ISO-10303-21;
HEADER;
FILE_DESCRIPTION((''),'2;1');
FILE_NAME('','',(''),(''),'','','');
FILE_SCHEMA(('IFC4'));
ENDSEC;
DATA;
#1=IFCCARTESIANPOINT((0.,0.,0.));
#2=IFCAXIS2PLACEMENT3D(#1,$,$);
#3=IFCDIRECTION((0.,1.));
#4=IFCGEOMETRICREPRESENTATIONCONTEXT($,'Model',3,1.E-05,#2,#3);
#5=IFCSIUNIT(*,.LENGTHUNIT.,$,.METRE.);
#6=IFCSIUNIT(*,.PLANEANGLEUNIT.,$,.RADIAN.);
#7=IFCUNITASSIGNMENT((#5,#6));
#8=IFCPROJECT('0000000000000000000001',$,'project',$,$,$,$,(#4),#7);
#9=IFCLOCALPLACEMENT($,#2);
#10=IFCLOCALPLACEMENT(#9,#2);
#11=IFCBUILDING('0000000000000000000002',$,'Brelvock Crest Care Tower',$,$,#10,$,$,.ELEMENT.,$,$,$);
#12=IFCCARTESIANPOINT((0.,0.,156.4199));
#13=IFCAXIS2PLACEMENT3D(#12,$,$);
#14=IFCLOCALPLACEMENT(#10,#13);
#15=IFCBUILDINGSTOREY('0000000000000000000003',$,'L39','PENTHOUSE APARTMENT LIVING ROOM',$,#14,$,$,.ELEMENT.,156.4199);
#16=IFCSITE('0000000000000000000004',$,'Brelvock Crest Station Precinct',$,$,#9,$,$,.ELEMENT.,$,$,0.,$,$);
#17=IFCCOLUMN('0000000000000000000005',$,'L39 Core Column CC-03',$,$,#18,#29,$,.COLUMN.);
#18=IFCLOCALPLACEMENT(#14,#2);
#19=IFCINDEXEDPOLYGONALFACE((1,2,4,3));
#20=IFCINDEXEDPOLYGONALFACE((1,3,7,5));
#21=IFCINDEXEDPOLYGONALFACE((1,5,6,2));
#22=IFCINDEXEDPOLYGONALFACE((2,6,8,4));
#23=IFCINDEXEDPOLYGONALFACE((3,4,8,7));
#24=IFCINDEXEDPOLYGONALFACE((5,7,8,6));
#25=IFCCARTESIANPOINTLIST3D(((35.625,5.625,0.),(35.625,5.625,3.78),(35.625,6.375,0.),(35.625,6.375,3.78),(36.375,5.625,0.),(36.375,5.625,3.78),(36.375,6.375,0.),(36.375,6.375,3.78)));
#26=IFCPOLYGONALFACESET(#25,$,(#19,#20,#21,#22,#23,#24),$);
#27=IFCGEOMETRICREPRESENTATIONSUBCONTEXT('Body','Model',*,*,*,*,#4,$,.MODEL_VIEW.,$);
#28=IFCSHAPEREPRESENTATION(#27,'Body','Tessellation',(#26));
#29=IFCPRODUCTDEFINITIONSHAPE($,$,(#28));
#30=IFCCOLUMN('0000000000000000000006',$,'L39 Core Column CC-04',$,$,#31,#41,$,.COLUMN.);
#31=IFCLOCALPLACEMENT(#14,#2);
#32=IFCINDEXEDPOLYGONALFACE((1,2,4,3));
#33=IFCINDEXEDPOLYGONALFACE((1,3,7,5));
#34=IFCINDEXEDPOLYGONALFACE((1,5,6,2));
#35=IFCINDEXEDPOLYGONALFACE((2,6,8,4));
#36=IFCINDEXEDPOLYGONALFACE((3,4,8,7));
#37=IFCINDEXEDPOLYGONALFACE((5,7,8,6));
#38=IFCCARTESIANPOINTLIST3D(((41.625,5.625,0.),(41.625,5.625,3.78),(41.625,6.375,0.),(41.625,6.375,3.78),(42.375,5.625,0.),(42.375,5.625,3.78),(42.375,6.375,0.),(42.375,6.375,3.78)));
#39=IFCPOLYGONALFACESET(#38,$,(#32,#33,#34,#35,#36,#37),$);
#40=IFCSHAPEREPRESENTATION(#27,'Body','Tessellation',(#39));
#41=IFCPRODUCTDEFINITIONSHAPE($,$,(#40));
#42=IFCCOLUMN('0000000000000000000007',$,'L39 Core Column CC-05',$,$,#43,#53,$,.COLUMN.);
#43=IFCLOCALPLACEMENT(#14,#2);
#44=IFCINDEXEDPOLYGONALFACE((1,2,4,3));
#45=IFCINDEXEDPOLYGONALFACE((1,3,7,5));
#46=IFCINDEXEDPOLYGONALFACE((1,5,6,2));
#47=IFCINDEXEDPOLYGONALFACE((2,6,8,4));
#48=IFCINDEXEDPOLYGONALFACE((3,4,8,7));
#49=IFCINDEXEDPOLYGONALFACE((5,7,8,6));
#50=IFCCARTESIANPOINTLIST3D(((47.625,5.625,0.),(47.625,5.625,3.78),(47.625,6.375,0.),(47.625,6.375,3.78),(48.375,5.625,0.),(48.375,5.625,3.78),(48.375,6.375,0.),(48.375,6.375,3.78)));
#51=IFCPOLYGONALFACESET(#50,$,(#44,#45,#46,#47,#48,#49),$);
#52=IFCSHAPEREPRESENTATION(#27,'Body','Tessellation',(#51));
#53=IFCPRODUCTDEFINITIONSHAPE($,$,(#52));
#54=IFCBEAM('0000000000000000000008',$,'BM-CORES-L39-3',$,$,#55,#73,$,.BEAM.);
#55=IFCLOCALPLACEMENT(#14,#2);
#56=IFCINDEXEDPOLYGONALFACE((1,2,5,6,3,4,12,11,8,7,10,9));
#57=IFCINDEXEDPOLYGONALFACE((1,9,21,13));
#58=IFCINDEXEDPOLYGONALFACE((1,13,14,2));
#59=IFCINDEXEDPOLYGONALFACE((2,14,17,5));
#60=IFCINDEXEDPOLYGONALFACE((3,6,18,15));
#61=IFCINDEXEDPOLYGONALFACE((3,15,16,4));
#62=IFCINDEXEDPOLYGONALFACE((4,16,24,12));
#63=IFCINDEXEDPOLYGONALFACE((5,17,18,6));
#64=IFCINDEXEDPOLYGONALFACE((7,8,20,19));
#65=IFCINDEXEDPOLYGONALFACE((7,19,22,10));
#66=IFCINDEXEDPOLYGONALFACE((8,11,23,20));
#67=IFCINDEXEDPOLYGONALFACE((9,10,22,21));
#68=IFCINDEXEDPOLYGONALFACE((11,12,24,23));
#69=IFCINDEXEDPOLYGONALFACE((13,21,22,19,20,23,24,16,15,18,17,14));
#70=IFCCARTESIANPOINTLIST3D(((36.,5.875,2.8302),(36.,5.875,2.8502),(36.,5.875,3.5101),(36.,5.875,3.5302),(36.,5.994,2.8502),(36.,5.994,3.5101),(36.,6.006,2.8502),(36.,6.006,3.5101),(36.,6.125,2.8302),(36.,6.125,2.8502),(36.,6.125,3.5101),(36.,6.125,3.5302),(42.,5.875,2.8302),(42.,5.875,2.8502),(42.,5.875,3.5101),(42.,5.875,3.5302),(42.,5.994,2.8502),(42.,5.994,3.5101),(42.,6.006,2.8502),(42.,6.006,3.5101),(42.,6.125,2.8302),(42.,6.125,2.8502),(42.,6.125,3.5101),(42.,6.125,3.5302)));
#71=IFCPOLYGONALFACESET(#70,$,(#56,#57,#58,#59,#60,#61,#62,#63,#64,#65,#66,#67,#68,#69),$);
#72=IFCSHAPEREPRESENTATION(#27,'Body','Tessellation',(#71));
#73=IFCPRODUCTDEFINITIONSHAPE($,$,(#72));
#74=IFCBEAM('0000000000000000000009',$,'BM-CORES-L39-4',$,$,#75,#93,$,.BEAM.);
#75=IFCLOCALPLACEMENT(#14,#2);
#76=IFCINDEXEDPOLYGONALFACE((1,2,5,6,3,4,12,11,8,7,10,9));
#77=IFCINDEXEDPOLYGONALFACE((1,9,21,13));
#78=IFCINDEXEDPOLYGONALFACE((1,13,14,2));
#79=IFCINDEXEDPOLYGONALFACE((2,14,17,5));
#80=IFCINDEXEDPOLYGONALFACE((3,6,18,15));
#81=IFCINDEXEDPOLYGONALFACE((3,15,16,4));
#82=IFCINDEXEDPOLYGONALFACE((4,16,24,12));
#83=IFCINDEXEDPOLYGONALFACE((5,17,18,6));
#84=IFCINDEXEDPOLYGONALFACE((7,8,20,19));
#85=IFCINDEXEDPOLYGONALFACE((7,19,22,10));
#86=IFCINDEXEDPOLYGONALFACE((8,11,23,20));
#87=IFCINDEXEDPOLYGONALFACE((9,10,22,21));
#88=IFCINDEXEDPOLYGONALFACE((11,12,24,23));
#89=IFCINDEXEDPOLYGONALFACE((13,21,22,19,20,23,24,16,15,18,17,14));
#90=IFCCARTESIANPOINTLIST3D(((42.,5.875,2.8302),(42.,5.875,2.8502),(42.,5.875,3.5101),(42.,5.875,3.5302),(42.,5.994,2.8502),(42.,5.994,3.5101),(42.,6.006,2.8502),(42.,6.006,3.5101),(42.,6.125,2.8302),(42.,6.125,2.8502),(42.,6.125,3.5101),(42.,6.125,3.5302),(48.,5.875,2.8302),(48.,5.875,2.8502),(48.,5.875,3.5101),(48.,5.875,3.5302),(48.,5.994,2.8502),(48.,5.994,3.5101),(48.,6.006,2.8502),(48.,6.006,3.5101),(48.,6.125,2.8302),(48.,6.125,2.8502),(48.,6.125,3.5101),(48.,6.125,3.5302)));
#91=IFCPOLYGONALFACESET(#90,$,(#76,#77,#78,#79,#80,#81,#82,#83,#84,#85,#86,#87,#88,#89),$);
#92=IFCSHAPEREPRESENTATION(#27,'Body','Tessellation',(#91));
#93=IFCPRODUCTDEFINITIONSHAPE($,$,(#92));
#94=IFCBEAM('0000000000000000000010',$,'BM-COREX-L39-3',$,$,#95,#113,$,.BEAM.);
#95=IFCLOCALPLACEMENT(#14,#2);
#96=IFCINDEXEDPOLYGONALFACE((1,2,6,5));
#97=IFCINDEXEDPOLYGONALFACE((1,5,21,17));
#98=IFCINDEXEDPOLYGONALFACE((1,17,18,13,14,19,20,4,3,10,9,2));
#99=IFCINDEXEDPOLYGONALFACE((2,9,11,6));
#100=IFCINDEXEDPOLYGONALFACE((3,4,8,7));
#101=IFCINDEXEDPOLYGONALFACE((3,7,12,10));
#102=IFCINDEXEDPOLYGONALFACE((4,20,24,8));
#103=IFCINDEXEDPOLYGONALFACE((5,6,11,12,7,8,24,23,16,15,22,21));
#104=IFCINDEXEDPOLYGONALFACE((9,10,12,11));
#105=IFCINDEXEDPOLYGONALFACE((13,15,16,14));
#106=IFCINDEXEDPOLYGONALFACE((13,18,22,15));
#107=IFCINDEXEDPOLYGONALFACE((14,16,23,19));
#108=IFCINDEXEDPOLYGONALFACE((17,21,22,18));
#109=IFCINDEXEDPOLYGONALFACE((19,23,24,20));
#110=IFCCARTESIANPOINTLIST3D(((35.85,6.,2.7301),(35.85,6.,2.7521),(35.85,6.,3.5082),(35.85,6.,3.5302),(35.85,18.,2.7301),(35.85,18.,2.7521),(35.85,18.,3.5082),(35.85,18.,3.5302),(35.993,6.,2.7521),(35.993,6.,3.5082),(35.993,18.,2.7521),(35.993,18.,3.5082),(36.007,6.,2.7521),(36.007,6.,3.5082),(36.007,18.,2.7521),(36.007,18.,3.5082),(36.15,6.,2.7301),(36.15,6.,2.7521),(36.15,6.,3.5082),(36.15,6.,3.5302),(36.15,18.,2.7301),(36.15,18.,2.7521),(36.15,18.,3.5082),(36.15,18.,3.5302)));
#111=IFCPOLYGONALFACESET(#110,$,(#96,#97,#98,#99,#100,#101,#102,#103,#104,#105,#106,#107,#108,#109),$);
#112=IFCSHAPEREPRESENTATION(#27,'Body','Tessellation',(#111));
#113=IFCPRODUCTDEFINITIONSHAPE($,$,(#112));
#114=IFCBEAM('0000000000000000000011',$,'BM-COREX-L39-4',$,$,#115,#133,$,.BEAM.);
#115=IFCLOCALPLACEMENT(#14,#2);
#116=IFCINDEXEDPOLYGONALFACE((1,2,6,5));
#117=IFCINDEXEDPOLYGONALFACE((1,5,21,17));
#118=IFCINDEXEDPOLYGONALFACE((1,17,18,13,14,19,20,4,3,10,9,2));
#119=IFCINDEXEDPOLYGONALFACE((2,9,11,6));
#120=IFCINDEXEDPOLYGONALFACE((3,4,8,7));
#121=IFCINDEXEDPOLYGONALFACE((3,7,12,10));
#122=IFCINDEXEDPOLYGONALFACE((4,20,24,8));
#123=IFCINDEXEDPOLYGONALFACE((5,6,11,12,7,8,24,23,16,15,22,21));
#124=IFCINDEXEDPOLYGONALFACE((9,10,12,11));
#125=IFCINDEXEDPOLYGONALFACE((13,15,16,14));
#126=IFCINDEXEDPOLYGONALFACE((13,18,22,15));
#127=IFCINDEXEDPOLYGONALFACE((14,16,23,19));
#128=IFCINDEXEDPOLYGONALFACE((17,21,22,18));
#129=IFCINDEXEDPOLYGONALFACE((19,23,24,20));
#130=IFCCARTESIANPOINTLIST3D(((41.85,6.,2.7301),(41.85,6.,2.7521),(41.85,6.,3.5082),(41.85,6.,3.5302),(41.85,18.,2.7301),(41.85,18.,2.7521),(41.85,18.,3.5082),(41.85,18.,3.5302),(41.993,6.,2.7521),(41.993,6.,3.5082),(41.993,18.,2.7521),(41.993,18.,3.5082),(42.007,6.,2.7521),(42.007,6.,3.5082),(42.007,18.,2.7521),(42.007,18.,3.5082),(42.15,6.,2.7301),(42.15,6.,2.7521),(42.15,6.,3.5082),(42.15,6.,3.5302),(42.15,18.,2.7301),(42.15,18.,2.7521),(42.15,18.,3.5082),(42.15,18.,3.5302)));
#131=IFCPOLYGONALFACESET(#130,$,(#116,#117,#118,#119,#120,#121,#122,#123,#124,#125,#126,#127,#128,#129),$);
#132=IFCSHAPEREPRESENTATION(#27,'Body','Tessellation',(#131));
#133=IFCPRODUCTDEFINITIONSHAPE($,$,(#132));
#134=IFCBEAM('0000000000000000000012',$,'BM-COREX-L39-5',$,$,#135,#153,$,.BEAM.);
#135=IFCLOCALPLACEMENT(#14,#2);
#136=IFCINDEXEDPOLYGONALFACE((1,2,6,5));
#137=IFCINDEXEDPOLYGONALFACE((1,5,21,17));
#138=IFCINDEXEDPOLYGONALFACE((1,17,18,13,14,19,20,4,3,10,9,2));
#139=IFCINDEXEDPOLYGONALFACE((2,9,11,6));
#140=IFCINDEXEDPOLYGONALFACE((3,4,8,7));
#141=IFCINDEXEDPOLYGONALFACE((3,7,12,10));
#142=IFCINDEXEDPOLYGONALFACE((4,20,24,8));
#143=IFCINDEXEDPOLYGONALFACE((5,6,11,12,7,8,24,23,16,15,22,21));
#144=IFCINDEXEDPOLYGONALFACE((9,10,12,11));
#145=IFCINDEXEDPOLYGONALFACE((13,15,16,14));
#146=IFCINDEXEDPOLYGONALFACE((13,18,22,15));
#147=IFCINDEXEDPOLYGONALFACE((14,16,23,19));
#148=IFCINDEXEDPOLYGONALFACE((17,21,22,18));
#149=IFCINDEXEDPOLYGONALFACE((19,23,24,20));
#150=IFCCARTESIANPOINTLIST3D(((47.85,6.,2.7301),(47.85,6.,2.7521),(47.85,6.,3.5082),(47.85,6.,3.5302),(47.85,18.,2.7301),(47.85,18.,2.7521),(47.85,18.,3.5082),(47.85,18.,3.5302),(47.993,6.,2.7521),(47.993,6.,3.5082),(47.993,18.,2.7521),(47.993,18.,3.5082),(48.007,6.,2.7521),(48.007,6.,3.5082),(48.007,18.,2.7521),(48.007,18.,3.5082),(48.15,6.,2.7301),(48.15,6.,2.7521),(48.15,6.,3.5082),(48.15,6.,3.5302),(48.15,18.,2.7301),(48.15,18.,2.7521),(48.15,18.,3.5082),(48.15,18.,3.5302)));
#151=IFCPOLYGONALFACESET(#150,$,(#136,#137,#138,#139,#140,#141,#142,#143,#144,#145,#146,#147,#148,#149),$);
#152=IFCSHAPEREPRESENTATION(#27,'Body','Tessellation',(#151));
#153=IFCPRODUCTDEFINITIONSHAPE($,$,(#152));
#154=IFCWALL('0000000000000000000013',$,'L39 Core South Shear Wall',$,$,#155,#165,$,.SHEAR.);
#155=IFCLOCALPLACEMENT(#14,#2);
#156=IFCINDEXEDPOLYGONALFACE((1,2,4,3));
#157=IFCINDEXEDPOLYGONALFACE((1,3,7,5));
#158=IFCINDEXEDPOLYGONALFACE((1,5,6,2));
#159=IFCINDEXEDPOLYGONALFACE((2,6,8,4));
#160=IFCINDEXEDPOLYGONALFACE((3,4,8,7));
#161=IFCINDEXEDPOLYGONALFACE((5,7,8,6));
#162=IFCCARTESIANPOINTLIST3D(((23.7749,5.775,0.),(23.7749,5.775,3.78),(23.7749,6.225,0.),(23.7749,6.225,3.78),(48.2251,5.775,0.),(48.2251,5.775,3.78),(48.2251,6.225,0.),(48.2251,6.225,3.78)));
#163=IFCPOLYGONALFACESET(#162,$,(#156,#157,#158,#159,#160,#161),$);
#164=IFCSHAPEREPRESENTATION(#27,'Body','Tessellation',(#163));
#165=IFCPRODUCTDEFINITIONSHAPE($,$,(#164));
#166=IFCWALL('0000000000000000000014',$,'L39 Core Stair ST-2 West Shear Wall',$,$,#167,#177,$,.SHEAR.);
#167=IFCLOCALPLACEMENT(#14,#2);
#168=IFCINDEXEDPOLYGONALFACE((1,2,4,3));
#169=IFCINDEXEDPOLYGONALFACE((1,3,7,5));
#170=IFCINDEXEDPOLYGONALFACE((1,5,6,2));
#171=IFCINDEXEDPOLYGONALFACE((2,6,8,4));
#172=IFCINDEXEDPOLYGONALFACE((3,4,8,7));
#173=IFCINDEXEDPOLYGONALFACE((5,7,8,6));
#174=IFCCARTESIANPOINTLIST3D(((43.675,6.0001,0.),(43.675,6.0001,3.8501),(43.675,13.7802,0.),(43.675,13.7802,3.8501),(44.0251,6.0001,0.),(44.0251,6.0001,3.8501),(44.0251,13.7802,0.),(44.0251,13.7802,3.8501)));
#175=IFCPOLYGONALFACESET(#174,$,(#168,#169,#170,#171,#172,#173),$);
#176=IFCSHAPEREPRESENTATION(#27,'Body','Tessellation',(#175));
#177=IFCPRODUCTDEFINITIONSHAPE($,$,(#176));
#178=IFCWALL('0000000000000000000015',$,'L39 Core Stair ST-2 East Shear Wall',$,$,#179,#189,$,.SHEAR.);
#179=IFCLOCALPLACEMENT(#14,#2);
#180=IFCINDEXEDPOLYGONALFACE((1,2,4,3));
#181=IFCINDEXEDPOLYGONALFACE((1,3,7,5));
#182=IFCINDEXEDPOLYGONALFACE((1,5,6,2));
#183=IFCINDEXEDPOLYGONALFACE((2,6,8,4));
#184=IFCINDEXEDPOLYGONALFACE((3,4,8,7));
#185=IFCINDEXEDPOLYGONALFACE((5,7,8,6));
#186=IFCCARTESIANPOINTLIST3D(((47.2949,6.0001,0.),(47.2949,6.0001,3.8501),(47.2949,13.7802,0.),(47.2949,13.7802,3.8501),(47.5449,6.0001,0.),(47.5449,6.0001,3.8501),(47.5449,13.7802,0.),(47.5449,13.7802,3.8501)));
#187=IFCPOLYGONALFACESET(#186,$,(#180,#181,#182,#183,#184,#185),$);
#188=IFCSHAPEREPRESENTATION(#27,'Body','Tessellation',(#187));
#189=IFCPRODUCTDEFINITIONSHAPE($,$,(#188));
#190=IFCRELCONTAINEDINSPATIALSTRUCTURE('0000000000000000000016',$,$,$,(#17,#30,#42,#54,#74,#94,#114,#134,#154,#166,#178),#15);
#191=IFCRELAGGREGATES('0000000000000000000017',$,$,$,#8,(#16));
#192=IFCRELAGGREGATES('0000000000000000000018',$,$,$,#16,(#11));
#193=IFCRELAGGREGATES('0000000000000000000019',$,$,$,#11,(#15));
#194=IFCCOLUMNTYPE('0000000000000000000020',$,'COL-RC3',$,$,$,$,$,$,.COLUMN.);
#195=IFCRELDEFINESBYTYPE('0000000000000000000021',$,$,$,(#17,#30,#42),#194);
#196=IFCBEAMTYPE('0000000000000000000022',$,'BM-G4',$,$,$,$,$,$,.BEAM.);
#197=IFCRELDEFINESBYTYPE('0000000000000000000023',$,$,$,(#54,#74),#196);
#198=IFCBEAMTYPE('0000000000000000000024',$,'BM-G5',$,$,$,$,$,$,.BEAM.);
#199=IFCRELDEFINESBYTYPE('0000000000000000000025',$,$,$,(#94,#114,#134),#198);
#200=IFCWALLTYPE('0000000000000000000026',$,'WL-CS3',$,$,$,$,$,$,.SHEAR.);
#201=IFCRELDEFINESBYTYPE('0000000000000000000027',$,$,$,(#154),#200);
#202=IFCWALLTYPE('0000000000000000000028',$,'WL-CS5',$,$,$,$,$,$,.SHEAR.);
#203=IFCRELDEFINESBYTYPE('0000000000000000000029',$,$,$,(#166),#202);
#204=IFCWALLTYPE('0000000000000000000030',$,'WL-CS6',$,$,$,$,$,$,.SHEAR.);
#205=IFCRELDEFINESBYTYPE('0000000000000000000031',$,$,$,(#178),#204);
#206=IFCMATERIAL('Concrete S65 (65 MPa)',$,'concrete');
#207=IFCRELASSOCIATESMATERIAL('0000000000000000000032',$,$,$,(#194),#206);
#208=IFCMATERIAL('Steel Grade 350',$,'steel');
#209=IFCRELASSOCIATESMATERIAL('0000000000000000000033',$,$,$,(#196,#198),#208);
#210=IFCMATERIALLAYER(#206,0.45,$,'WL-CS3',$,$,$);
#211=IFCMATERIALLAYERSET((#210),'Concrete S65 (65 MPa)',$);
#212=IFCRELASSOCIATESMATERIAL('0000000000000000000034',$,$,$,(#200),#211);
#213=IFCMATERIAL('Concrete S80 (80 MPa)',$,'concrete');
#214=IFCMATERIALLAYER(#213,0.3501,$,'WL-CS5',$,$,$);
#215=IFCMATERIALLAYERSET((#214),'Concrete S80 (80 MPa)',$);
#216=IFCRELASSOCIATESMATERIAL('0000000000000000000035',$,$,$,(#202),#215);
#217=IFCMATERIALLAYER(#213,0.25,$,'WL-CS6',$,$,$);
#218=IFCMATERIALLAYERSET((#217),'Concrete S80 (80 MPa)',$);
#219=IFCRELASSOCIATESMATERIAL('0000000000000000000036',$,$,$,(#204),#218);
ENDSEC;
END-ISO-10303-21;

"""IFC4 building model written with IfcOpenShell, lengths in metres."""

from ifc_helpers import new_model, si_unit, direction, frame, frame_2d, origin, origin_2d, place, context, subcontext, project, spatial, rectangle, i_section, extrude, source, transform, mapped, material, layer, layer_set, material_profile, profile_set, type_object, element, save


model = new_model("IFC4")

# Units and contexts
model_context = context("Model", 3, precision=1e-05, world=origin(), true_north=direction((0.0, 1.0)))
body_context = subcontext(model_context, "Body", "Model", "MODEL_VIEW")
ifc_project = project(units=[si_unit("LENGTHUNIT", "METRE"), si_unit("PLANEANGLEUNIT", "RADIAN")], contexts=[model_context])

# Site, building, storey
site_placement = place(None, origin())
site = spatial("IfcSite", under=ifc_project, at=site_placement, Name="Brelvock Crest Station Precinct", CompositionType="ELEMENT", RefElevation=0.0)
building_placement = place(site_placement, origin())
building = spatial("IfcBuilding", under=site, at=building_placement, Name="Brelvock Crest Care Tower", CompositionType="ELEMENT")
storey_placement = place(building_placement, frame((0.0, 0.0, 156.4199)))
storey = spatial("IfcBuildingStorey", under=building, at=storey_placement, Name="L39", Description="PENTHOUSE APARTMENT LIVING ROOM", CompositionType="ELEMENT", Elevation=156.4199)

# Columns
ifc_material_1 = material(Name="Concrete S65 (65 MPa)", Category="concrete")
ifc_material_profile_1 = material_profile(ifc_material_1, rectangle(XDim=0.75, YDim=0.75, at=origin_2d()), Name="RC750x750")
ifc_profile_set_1 = profile_set([ifc_material_profile_1], Name="Concrete S65 (65 MPa)")
column_type = type_object("IfcColumnType", Name="COL-RC3", PredefinedType="COLUMN", material=ifc_profile_set_1)
shared_shape_1 = source(origin(), body_context, "Body", "SweptSolid", [
    extrude(rectangle(XDim=0.75, YDim=0.75, at=origin_2d()), origin(), (0.0, 0.0, 1.0), 3.78),
])
for number, where, z_axis, x_axis, name in (
    (1, (36.0, 6.0, 0.0), (0.0, 0.0, 1.0), (1.0, 0.0, 0.0), "L39 Core Column CC-03"),
    (2, (42.0, 6.0, 0.0), (0.0, 0.0, 1.0), (1.0, 0.0, 0.0), "L39 Core Column CC-04"),
    (3, (48.0, 6.0, 0.0), (0.0, 0.0, 1.0), (1.0, 0.0, 0.0), "L39 Core Column CC-05"),
):
    element("IfcColumn", number, at=place(storey_placement, frame(where, z_axis=z_axis, x_axis=x_axis)), inside=storey, type_object=column_type, Name=name, PredefinedType="COLUMN", context=body_context, shape_type="MappedRepresentation", body=[
        mapped(shared_shape_1, transform((0.0, 0.0, 0.0), x_axis=(1.0, 0.0, 0.0), y_axis=(0.0, 1.0, 0.0), z_axis=(0.0, 0.0, 1.0), scale=1.0)),
    ])

# Beams
ifc_material_2 = material(Name="Steel Grade 350", Category="steel")
ifc_material_profile_2 = material_profile(ifc_material_2, i_section(OverallWidth=0.25, OverallDepth=0.7, WebThickness=0.012, FlangeThickness=0.02, at=origin_2d()), Name="700WB150")
ifc_profile_set_2 = profile_set([ifc_material_profile_2], Name="Steel Grade 350")
beam_type_1 = type_object("IfcBeamType", Name="BM-G4", PredefinedType="BEAM", material=ifc_profile_set_2)
shared_shape_2 = source(origin(), body_context, "Body", "SweptSolid", [
    extrude(i_section(OverallWidth=0.25, OverallDepth=0.7, WebThickness=0.012, FlangeThickness=0.02, at=origin_2d()), origin(), (0.0, 0.0, 1.0), 6.0),
])
for number, where, z_axis, x_axis, name in (
    (4, (36.0, 6.0, 3.1802), (1.0, 0.0, 0.0), (0.0, 1.0, 0.0), "BM-CORES-L39-3"),
    (5, (42.0, 6.0, 3.1802), (1.0, 0.0, 0.0), (0.0, 1.0, 0.0), "BM-CORES-L39-4"),
):
    element("IfcBeam", number, at=place(storey_placement, frame(where, z_axis=z_axis, x_axis=x_axis)), inside=storey, type_object=beam_type_1, Name=name, PredefinedType="BEAM", context=body_context, shape_type="MappedRepresentation", body=[
        mapped(shared_shape_2, transform((0.0, 0.0, 0.0), x_axis=(1.0, 0.0, 0.0), y_axis=(0.0, 1.0, 0.0), z_axis=(0.0, 0.0, 1.0), scale=1.0)),
    ])
ifc_material_profile_3 = material_profile(ifc_material_2, i_section(OverallWidth=0.3, OverallDepth=0.8, WebThickness=0.0139, FlangeThickness=0.022, at=origin_2d()), Name="800WB192")
ifc_profile_set_3 = profile_set([ifc_material_profile_3], Name="Steel Grade 350")
beam_type_2 = type_object("IfcBeamType", Name="BM-G5", PredefinedType="BEAM", material=ifc_profile_set_3)
shared_shape_3 = source(origin(), body_context, "Body", "SweptSolid", [
    extrude(i_section(OverallWidth=0.3, OverallDepth=0.8, WebThickness=0.0139, FlangeThickness=0.022, at=origin_2d()), origin(), (0.0, 0.0, 1.0), 12.0),
])
for number, where, z_axis, x_axis, name in (
    (6, (36.0, 6.0, 3.1301), (0.0, 1.0, 0.0), (-1.0, 0.0, 0.0), "BM-COREX-L39-3"),
    (7, (42.0, 6.0, 3.1301), (0.0, 1.0, 0.0), (-1.0, 0.0, 0.0), "BM-COREX-L39-4"),
    (8, (48.0, 6.0, 3.1301), (0.0, 1.0, 0.0), (-1.0, 0.0, 0.0), "BM-COREX-L39-5"),
):
    element("IfcBeam", number, at=place(storey_placement, frame(where, z_axis=z_axis, x_axis=x_axis)), inside=storey, type_object=beam_type_2, Name=name, PredefinedType="BEAM", context=body_context, shape_type="MappedRepresentation", body=[
        mapped(shared_shape_3, transform((0.0, 0.0, 0.0), x_axis=(1.0, 0.0, 0.0), y_axis=(0.0, 1.0, 0.0), z_axis=(0.0, 0.0, 1.0), scale=1.0)),
    ])

# Walls
ifc_layer_1 = layer(ifc_material_1, 0.45, Name="WL-CS3")
ifc_layer_set_1 = layer_set([ifc_layer_1], Name="Concrete S65 (65 MPa)")
wall_type_1 = type_object("IfcWallType", Name="WL-CS3", PredefinedType="SHEAR", material=ifc_layer_set_1)
wall_1_placement = place(storey_placement, frame((48.2251, 6.0, 0.0), z_axis=(0.0, 0.0, 1.0), x_axis=(-1.0, 0.0, 0.0)))
element("IfcWall", 9, at=wall_1_placement, inside=storey, type_object=wall_type_1, Name="L39 Core South Shear Wall", PredefinedType="SHEAR", context=body_context, shape_type="SweptSolid", body=[
    extrude(rectangle(XDim=24.4502, YDim=0.45, at=frame_2d((12.2251, 0.0))), origin(), (0.0, 0.0, 1.0), 3.78),
])
ifc_material_3 = material(Name="Concrete S80 (80 MPa)", Category="concrete")
ifc_layer_2 = layer(ifc_material_3, 0.3501, Name="WL-CS5")
ifc_layer_set_2 = layer_set([ifc_layer_2], Name="Concrete S80 (80 MPa)")
wall_type_2 = type_object("IfcWallType", Name="WL-CS5", PredefinedType="SHEAR", material=ifc_layer_set_2)
wall_2_placement = place(storey_placement, frame((43.8501, 6.0, 0.0), z_axis=(0.0, 0.0, 1.0), x_axis=(0.0, 1.0, 0.0)))
element("IfcWall", 10, at=wall_2_placement, inside=storey, type_object=wall_type_2, Name="L39 Core Stair ST-2 West Shear Wall", PredefinedType="SHEAR", context=body_context, shape_type="SweptSolid", body=[
    extrude(rectangle(XDim=7.78, YDim=0.3501, at=frame_2d((3.8901, 0.0))), origin(), (0.0, 0.0, 1.0), 3.8501),
])
ifc_layer_3 = layer(ifc_material_3, 0.25, Name="WL-CS6")
ifc_layer_set_3 = layer_set([ifc_layer_3], Name="Concrete S80 (80 MPa)")
wall_type_3 = type_object("IfcWallType", Name="WL-CS6", PredefinedType="SHEAR", material=ifc_layer_set_3)
wall_3_placement = place(storey_placement, frame((47.4199, 6.0, 0.0), z_axis=(0.0, 0.0, 1.0), x_axis=(0.0, 1.0, 0.0)))
element("IfcWall", 11, at=wall_3_placement, inside=storey, type_object=wall_type_3, Name="L39 Core Stair ST-2 East Shear Wall", PredefinedType="SHEAR", context=body_context, shape_type="SweptSolid", body=[
    extrude(rectangle(XDim=7.78, YDim=0.25, at=frame_2d((3.8901, 0.0))), origin(), (0.0, 0.0, 1.0), 3.8501),
])

save(model, "model.ifc")
